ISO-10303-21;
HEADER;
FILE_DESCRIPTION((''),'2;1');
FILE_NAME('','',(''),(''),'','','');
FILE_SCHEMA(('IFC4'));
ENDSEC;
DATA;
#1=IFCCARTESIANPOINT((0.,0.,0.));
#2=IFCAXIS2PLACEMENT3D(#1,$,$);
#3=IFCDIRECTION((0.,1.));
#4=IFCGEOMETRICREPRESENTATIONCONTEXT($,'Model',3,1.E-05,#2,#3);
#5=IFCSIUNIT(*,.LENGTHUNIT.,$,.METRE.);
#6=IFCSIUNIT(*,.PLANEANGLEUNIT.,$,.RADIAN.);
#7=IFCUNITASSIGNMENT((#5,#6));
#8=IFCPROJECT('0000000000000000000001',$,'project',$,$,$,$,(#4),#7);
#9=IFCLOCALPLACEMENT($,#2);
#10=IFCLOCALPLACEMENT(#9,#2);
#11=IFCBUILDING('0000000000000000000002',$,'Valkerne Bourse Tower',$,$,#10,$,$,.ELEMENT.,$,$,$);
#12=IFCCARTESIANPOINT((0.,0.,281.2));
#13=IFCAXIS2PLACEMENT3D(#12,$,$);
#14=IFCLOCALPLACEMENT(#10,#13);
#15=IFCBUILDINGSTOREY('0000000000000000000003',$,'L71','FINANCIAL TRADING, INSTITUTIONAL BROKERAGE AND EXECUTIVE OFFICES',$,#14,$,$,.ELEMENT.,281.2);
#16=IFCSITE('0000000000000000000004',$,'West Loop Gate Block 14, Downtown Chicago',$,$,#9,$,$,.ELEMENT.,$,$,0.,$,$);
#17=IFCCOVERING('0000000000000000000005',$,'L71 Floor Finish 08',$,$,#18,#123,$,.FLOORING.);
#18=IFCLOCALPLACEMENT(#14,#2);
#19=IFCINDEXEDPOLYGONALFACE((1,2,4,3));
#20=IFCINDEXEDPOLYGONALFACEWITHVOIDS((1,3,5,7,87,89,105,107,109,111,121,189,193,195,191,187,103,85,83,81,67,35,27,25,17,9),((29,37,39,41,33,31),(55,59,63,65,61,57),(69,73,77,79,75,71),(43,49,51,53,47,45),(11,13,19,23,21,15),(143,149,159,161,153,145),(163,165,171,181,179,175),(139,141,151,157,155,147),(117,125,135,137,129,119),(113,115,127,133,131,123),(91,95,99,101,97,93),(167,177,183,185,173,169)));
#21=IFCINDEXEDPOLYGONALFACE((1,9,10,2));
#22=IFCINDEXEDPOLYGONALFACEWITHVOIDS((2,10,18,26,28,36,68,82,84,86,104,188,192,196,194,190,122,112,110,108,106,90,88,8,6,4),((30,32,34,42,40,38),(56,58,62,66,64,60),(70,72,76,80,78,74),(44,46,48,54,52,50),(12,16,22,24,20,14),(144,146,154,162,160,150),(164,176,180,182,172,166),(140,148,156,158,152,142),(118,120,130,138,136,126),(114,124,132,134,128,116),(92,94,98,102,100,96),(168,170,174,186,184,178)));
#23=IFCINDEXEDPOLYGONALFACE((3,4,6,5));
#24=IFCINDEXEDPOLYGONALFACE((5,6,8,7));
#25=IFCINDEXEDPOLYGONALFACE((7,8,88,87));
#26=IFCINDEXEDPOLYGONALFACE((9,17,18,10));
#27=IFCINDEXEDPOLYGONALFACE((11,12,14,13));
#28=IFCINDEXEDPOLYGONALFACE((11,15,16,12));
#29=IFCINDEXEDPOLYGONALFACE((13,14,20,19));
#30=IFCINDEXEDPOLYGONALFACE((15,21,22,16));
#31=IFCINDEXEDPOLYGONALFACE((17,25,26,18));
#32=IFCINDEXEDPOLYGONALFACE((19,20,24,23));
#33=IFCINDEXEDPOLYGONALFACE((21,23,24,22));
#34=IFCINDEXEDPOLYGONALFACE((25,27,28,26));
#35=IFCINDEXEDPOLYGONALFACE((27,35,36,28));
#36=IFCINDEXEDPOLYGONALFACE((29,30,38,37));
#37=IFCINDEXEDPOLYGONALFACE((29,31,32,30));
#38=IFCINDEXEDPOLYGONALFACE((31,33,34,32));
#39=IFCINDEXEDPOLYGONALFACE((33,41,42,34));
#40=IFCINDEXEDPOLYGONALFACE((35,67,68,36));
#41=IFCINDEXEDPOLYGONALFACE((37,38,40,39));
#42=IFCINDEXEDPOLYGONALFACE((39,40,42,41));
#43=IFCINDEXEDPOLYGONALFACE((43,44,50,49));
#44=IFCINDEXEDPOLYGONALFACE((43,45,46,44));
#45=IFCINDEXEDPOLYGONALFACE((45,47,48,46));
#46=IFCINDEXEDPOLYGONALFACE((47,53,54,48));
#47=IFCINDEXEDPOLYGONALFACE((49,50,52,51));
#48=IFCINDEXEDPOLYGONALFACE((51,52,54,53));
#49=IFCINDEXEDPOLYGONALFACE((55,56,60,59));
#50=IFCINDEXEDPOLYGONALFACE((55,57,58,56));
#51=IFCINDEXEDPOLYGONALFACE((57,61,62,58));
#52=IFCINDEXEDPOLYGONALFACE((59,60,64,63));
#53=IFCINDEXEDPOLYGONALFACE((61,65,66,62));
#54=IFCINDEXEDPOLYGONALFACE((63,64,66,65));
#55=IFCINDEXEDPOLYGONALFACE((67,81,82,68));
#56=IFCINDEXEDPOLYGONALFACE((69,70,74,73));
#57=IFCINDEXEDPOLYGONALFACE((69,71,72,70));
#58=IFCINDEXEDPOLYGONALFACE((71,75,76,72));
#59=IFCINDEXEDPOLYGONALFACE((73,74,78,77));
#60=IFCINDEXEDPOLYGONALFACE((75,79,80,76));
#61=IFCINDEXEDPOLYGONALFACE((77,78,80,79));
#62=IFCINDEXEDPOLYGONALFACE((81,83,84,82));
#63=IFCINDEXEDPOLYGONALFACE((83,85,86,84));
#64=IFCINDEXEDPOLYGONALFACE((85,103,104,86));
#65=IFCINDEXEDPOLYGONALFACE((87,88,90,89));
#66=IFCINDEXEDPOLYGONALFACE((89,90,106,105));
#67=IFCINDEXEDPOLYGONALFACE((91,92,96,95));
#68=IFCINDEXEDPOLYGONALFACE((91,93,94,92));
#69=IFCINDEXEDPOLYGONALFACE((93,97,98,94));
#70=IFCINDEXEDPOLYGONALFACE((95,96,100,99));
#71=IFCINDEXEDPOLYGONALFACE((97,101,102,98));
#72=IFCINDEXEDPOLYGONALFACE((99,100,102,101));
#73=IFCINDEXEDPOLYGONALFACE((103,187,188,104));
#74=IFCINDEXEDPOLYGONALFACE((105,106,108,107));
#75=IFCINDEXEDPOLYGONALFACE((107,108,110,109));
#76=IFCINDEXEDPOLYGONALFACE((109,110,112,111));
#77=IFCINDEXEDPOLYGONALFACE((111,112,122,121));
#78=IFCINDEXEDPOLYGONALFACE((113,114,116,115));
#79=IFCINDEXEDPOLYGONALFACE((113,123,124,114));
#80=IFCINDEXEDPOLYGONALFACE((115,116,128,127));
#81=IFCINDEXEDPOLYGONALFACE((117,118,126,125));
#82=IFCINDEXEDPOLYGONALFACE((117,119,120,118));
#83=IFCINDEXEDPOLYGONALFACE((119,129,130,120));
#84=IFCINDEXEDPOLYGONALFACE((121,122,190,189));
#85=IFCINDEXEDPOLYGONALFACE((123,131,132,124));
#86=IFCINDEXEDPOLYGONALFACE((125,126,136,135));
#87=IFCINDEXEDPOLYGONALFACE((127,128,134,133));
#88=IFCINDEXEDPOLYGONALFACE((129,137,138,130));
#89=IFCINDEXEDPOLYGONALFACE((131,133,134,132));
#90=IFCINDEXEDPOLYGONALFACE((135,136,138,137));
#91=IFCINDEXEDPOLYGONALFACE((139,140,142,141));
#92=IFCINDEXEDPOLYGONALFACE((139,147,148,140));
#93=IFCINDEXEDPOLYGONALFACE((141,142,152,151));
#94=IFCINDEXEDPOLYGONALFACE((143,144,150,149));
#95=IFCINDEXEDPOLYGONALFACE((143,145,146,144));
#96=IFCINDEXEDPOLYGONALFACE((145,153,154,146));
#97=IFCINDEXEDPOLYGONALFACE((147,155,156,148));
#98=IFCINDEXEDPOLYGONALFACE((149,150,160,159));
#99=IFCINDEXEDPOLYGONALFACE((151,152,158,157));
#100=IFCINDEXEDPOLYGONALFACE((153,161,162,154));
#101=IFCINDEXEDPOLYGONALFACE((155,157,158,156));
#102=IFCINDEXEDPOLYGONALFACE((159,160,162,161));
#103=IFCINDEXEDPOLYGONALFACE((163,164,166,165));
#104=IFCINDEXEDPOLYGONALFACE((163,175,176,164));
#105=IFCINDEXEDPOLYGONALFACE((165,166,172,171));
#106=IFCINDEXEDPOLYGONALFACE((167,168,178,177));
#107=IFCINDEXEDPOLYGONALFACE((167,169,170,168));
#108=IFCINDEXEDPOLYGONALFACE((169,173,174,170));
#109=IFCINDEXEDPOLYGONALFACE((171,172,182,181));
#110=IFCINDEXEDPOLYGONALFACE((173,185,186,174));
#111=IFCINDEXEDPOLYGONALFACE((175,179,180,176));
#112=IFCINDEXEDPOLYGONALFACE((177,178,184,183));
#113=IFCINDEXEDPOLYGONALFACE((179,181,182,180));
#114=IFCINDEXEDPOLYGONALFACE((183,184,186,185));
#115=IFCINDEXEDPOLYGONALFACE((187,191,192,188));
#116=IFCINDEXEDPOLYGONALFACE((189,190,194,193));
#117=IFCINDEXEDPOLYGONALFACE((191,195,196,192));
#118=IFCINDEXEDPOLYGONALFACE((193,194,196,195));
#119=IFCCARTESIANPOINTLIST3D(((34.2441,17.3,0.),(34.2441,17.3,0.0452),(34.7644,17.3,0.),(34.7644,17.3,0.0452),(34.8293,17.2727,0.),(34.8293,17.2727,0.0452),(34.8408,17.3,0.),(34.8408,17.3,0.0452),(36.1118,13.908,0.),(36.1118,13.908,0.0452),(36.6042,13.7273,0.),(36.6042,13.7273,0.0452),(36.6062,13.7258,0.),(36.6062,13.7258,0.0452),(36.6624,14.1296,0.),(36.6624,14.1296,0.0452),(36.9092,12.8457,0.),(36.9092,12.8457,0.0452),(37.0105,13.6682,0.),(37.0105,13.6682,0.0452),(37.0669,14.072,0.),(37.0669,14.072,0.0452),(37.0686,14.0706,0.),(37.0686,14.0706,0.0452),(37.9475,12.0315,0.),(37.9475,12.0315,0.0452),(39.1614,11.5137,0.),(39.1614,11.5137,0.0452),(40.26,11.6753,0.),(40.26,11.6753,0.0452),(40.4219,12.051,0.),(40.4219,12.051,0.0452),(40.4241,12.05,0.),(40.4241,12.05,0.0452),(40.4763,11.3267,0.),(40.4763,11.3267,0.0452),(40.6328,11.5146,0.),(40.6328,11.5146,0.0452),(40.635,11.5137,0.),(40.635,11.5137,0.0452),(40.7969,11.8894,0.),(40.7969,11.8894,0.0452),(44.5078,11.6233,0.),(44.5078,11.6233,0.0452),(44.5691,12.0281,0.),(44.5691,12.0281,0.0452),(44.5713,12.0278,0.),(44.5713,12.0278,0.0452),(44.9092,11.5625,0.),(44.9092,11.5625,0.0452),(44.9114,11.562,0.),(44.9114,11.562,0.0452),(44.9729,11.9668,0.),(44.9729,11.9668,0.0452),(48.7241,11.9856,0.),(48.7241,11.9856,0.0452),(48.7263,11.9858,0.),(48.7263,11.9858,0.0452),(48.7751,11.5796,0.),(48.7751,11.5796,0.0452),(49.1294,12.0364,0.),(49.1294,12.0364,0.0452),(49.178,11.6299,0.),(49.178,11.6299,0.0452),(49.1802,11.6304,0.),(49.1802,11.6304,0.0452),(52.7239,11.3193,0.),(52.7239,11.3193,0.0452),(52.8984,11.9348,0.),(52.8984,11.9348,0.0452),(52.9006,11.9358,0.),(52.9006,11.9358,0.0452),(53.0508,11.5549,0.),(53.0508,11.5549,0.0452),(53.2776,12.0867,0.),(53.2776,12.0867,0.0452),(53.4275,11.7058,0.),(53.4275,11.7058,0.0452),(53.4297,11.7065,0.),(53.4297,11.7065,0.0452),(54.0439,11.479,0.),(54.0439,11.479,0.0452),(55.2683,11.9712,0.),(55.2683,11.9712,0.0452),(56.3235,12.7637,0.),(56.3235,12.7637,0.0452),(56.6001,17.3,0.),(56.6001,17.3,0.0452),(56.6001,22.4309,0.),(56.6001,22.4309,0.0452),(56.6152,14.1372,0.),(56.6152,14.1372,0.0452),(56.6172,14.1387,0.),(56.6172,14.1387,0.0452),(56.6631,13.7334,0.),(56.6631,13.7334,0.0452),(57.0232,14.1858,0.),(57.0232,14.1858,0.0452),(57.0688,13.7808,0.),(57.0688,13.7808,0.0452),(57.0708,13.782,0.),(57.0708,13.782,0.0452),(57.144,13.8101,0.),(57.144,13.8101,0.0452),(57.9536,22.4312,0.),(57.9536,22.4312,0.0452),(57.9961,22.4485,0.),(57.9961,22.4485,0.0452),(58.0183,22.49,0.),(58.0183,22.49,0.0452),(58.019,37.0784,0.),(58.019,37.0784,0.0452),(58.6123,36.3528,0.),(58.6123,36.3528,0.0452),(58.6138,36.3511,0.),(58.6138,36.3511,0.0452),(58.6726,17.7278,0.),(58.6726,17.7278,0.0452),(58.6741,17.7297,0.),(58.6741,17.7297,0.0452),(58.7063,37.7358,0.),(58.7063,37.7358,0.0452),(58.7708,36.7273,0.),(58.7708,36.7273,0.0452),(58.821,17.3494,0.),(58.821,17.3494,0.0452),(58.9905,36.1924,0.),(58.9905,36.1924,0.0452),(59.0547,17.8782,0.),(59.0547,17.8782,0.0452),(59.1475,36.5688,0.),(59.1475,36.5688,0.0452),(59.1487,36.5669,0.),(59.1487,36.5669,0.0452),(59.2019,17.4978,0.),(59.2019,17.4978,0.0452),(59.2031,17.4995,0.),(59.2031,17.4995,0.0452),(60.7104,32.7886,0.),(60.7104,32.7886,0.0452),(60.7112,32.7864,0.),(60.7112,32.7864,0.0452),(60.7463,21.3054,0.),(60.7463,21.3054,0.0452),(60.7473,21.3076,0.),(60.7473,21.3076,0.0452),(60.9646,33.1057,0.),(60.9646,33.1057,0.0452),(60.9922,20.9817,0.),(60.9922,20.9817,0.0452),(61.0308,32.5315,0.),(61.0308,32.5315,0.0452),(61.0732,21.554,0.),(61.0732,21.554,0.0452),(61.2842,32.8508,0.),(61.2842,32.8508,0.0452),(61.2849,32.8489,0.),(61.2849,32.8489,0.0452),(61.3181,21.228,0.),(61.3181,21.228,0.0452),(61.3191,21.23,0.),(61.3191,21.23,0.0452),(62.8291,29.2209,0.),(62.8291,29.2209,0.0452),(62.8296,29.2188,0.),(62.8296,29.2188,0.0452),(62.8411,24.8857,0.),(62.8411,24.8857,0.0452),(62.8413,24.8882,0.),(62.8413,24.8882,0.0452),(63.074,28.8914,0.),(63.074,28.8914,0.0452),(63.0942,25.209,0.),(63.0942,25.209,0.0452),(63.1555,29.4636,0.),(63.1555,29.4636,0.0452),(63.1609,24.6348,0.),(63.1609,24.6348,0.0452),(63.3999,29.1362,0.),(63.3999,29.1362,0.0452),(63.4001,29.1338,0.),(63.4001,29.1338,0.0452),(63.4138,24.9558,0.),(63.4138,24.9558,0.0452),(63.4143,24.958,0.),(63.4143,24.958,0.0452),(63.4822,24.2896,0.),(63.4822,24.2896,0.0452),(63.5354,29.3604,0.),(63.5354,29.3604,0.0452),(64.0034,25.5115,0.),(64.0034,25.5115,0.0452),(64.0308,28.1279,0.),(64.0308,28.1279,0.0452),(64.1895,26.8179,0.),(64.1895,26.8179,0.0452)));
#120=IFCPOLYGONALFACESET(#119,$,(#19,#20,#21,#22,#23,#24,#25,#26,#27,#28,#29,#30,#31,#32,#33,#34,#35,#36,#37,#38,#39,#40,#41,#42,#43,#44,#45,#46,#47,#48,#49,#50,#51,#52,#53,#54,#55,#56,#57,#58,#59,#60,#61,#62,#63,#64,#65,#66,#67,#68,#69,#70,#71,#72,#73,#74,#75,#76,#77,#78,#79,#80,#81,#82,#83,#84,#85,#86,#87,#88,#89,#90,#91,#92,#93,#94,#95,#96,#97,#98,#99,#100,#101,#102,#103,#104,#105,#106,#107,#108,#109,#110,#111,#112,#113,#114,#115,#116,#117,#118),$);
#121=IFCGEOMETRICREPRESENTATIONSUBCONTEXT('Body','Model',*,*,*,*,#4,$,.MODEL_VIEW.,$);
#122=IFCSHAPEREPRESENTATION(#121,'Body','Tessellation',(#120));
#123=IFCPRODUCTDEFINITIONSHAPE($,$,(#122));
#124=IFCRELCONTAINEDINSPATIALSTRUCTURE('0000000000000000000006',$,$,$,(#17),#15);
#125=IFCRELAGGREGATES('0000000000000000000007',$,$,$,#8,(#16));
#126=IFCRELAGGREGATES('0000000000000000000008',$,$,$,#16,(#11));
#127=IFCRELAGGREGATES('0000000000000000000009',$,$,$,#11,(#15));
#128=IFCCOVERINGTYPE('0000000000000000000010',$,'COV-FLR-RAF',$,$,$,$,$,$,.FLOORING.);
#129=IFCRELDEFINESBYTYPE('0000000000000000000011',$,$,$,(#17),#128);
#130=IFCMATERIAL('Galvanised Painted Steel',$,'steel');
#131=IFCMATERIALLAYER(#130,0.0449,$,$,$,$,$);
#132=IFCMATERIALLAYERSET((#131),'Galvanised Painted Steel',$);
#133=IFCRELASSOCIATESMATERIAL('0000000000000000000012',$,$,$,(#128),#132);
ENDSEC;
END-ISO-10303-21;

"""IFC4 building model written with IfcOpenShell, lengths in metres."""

from ifc_helpers import new_model, si_unit, direction, frame, origin, place, context, subcontext, project, spatial, polyline, outline, extrude, material, layer, layer_set, type_object, element, save


model = new_model("IFC4")

# Units and contexts
model_context = context("Model", 3, precision=1e-05, world=origin(), true_north=direction((0.0, 1.0)))
body_context = subcontext(model_context, "Body", "Model", "MODEL_VIEW")
ifc_project = project(units=[si_unit("LENGTHUNIT", "METRE"), si_unit("PLANEANGLEUNIT", "RADIAN")], contexts=[model_context])

# Site, building, storey
site_placement = place(None, origin())
site = spatial("IfcSite", under=ifc_project, at=site_placement, Name="West Loop Gate Block 14, Downtown Chicago", CompositionType="ELEMENT", RefElevation=0.0)
building_placement = place(site_placement, origin())
building = spatial("IfcBuilding", under=site, at=building_placement, Name="Valkerne Bourse Tower", CompositionType="ELEMENT")
storey_placement = place(building_placement, frame((0.0, 0.0, 281.2)))
storey = spatial("IfcBuildingStorey", under=building, at=storey_placement, Name="L71", Description="FINANCIAL TRADING, INSTITUTIONAL BROKERAGE AND EXECUTIVE OFFICES", CompositionType="ELEMENT", Elevation=281.2)

# Covering
ifc_material_1 = material(Name="Galvanised Painted Steel", Category="steel")
ifc_layer_1 = layer(ifc_material_1, 0.0449)
ifc_layer_set_1 = layer_set([ifc_layer_1], Name="Galvanised Painted Steel")
covering_type_1 = type_object("IfcCoveringType", Name="COV-FLR-RAF", PredefinedType="FLOORING", material=ifc_layer_set_1)
covering_1_placement = place(storey_placement, origin())
element("IfcCovering", 1, at=covering_1_placement, inside=storey, type_object=covering_type_1, Name="L71 Floor Finish 08", PredefinedType="FLOORING", context=body_context, shape_type="SweptSolid", body=[
    extrude(outline(polyline([(64.0034, 25.5115), (63.4822, 24.2896), (57.144, 13.8101), (56.3235, 12.7637), (55.2683, 11.9712), (54.0439, 11.479), (52.7239, 11.3193), (40.4763, 11.3267), (39.1614, 11.5137), (37.9475, 12.0315), (36.9092, 12.8457), (36.1118, 13.908), (34.2441, 17.3), (34.7644, 17.3), (34.8293, 17.2727), (34.8408, 17.3), (56.6001, 17.3), (56.6001, 22.4309), (57.9536, 22.4312), (57.9961, 22.4485), (58.0183, 22.49), (58.019, 37.0784), (58.7063, 37.7358), (63.5354, 29.3604), (64.0308, 28.1279), (64.1895, 26.8179), (64.0034, 25.5115)]), holes=[polyline([(40.4241, 12.05), (40.4219, 12.051), (40.26, 11.6753), (40.6328, 11.5146), (40.635, 11.5137), (40.7969, 11.8894), (40.4241, 12.05)]), polyline([(44.5713, 12.0278), (44.5691, 12.0281), (44.5078, 11.6233), (44.9092, 11.5625), (44.9114, 11.562), (44.9729, 11.9668), (44.5713, 12.0278)]), polyline([(37.0669, 14.072), (36.6624, 14.1296), (36.6042, 13.7273), (36.6062, 13.7258), (37.0105, 13.6682), (37.0686, 14.0706), (37.0669, 14.072)]), polyline([(49.1802, 11.6304), (49.1294, 12.0364), (48.7263, 11.9858), (48.7241, 11.9856), (48.7751, 11.5796), (49.178, 11.6299), (49.1802, 11.6304)]), polyline([(53.4297, 11.7065), (53.2776, 12.0867), (52.9006, 11.9358), (52.8984, 11.9348), (53.0508, 11.5549), (53.4275, 11.7058), (53.4297, 11.7065)]), polyline([(57.0708, 13.782), (57.0232, 14.1858), (56.6172, 14.1387), (56.6152, 14.1372), (56.6631, 13.7334), (57.0688, 13.7808), (57.0708, 13.782)]), polyline([(59.2031, 17.4995), (59.0547, 17.8782), (58.6741, 17.7297), (58.6726, 17.7278), (58.821, 17.3494), (59.2019, 17.4978), (59.2031, 17.4995)]), polyline([(61.3191, 21.23), (61.0732, 21.554), (60.7473, 21.3076), (60.7463, 21.3054), (60.9922, 20.9817), (61.3181, 21.228), (61.3191, 21.23)]), polyline([(63.4143, 24.958), (63.0942, 25.209), (62.8413, 24.8882), (62.8411, 24.8857), (63.1609, 24.6348), (63.4138, 24.9558), (63.4143, 24.958)]), polyline([(63.3999, 29.1362), (63.1555, 29.4636), (62.8291, 29.2209), (62.8296, 29.2188), (63.074, 28.8914), (63.4001, 29.1338), (63.3999, 29.1362)]), polyline([(61.2842, 32.8508), (60.9646, 33.1057), (60.7104, 32.7886), (60.7112, 32.7864), (61.0308, 32.5315), (61.2849, 32.8489), (61.2842, 32.8508)]), polyline([(59.1475, 36.5688), (58.7708, 36.7273), (58.6123, 36.3528), (58.6138, 36.3511), (58.9905, 36.1924), (59.1487, 36.5669), (59.1475, 36.5688)])]), origin(), (0.0, 0.0, 1.0), 0.0452),
])

save(model, "model.ifc")
